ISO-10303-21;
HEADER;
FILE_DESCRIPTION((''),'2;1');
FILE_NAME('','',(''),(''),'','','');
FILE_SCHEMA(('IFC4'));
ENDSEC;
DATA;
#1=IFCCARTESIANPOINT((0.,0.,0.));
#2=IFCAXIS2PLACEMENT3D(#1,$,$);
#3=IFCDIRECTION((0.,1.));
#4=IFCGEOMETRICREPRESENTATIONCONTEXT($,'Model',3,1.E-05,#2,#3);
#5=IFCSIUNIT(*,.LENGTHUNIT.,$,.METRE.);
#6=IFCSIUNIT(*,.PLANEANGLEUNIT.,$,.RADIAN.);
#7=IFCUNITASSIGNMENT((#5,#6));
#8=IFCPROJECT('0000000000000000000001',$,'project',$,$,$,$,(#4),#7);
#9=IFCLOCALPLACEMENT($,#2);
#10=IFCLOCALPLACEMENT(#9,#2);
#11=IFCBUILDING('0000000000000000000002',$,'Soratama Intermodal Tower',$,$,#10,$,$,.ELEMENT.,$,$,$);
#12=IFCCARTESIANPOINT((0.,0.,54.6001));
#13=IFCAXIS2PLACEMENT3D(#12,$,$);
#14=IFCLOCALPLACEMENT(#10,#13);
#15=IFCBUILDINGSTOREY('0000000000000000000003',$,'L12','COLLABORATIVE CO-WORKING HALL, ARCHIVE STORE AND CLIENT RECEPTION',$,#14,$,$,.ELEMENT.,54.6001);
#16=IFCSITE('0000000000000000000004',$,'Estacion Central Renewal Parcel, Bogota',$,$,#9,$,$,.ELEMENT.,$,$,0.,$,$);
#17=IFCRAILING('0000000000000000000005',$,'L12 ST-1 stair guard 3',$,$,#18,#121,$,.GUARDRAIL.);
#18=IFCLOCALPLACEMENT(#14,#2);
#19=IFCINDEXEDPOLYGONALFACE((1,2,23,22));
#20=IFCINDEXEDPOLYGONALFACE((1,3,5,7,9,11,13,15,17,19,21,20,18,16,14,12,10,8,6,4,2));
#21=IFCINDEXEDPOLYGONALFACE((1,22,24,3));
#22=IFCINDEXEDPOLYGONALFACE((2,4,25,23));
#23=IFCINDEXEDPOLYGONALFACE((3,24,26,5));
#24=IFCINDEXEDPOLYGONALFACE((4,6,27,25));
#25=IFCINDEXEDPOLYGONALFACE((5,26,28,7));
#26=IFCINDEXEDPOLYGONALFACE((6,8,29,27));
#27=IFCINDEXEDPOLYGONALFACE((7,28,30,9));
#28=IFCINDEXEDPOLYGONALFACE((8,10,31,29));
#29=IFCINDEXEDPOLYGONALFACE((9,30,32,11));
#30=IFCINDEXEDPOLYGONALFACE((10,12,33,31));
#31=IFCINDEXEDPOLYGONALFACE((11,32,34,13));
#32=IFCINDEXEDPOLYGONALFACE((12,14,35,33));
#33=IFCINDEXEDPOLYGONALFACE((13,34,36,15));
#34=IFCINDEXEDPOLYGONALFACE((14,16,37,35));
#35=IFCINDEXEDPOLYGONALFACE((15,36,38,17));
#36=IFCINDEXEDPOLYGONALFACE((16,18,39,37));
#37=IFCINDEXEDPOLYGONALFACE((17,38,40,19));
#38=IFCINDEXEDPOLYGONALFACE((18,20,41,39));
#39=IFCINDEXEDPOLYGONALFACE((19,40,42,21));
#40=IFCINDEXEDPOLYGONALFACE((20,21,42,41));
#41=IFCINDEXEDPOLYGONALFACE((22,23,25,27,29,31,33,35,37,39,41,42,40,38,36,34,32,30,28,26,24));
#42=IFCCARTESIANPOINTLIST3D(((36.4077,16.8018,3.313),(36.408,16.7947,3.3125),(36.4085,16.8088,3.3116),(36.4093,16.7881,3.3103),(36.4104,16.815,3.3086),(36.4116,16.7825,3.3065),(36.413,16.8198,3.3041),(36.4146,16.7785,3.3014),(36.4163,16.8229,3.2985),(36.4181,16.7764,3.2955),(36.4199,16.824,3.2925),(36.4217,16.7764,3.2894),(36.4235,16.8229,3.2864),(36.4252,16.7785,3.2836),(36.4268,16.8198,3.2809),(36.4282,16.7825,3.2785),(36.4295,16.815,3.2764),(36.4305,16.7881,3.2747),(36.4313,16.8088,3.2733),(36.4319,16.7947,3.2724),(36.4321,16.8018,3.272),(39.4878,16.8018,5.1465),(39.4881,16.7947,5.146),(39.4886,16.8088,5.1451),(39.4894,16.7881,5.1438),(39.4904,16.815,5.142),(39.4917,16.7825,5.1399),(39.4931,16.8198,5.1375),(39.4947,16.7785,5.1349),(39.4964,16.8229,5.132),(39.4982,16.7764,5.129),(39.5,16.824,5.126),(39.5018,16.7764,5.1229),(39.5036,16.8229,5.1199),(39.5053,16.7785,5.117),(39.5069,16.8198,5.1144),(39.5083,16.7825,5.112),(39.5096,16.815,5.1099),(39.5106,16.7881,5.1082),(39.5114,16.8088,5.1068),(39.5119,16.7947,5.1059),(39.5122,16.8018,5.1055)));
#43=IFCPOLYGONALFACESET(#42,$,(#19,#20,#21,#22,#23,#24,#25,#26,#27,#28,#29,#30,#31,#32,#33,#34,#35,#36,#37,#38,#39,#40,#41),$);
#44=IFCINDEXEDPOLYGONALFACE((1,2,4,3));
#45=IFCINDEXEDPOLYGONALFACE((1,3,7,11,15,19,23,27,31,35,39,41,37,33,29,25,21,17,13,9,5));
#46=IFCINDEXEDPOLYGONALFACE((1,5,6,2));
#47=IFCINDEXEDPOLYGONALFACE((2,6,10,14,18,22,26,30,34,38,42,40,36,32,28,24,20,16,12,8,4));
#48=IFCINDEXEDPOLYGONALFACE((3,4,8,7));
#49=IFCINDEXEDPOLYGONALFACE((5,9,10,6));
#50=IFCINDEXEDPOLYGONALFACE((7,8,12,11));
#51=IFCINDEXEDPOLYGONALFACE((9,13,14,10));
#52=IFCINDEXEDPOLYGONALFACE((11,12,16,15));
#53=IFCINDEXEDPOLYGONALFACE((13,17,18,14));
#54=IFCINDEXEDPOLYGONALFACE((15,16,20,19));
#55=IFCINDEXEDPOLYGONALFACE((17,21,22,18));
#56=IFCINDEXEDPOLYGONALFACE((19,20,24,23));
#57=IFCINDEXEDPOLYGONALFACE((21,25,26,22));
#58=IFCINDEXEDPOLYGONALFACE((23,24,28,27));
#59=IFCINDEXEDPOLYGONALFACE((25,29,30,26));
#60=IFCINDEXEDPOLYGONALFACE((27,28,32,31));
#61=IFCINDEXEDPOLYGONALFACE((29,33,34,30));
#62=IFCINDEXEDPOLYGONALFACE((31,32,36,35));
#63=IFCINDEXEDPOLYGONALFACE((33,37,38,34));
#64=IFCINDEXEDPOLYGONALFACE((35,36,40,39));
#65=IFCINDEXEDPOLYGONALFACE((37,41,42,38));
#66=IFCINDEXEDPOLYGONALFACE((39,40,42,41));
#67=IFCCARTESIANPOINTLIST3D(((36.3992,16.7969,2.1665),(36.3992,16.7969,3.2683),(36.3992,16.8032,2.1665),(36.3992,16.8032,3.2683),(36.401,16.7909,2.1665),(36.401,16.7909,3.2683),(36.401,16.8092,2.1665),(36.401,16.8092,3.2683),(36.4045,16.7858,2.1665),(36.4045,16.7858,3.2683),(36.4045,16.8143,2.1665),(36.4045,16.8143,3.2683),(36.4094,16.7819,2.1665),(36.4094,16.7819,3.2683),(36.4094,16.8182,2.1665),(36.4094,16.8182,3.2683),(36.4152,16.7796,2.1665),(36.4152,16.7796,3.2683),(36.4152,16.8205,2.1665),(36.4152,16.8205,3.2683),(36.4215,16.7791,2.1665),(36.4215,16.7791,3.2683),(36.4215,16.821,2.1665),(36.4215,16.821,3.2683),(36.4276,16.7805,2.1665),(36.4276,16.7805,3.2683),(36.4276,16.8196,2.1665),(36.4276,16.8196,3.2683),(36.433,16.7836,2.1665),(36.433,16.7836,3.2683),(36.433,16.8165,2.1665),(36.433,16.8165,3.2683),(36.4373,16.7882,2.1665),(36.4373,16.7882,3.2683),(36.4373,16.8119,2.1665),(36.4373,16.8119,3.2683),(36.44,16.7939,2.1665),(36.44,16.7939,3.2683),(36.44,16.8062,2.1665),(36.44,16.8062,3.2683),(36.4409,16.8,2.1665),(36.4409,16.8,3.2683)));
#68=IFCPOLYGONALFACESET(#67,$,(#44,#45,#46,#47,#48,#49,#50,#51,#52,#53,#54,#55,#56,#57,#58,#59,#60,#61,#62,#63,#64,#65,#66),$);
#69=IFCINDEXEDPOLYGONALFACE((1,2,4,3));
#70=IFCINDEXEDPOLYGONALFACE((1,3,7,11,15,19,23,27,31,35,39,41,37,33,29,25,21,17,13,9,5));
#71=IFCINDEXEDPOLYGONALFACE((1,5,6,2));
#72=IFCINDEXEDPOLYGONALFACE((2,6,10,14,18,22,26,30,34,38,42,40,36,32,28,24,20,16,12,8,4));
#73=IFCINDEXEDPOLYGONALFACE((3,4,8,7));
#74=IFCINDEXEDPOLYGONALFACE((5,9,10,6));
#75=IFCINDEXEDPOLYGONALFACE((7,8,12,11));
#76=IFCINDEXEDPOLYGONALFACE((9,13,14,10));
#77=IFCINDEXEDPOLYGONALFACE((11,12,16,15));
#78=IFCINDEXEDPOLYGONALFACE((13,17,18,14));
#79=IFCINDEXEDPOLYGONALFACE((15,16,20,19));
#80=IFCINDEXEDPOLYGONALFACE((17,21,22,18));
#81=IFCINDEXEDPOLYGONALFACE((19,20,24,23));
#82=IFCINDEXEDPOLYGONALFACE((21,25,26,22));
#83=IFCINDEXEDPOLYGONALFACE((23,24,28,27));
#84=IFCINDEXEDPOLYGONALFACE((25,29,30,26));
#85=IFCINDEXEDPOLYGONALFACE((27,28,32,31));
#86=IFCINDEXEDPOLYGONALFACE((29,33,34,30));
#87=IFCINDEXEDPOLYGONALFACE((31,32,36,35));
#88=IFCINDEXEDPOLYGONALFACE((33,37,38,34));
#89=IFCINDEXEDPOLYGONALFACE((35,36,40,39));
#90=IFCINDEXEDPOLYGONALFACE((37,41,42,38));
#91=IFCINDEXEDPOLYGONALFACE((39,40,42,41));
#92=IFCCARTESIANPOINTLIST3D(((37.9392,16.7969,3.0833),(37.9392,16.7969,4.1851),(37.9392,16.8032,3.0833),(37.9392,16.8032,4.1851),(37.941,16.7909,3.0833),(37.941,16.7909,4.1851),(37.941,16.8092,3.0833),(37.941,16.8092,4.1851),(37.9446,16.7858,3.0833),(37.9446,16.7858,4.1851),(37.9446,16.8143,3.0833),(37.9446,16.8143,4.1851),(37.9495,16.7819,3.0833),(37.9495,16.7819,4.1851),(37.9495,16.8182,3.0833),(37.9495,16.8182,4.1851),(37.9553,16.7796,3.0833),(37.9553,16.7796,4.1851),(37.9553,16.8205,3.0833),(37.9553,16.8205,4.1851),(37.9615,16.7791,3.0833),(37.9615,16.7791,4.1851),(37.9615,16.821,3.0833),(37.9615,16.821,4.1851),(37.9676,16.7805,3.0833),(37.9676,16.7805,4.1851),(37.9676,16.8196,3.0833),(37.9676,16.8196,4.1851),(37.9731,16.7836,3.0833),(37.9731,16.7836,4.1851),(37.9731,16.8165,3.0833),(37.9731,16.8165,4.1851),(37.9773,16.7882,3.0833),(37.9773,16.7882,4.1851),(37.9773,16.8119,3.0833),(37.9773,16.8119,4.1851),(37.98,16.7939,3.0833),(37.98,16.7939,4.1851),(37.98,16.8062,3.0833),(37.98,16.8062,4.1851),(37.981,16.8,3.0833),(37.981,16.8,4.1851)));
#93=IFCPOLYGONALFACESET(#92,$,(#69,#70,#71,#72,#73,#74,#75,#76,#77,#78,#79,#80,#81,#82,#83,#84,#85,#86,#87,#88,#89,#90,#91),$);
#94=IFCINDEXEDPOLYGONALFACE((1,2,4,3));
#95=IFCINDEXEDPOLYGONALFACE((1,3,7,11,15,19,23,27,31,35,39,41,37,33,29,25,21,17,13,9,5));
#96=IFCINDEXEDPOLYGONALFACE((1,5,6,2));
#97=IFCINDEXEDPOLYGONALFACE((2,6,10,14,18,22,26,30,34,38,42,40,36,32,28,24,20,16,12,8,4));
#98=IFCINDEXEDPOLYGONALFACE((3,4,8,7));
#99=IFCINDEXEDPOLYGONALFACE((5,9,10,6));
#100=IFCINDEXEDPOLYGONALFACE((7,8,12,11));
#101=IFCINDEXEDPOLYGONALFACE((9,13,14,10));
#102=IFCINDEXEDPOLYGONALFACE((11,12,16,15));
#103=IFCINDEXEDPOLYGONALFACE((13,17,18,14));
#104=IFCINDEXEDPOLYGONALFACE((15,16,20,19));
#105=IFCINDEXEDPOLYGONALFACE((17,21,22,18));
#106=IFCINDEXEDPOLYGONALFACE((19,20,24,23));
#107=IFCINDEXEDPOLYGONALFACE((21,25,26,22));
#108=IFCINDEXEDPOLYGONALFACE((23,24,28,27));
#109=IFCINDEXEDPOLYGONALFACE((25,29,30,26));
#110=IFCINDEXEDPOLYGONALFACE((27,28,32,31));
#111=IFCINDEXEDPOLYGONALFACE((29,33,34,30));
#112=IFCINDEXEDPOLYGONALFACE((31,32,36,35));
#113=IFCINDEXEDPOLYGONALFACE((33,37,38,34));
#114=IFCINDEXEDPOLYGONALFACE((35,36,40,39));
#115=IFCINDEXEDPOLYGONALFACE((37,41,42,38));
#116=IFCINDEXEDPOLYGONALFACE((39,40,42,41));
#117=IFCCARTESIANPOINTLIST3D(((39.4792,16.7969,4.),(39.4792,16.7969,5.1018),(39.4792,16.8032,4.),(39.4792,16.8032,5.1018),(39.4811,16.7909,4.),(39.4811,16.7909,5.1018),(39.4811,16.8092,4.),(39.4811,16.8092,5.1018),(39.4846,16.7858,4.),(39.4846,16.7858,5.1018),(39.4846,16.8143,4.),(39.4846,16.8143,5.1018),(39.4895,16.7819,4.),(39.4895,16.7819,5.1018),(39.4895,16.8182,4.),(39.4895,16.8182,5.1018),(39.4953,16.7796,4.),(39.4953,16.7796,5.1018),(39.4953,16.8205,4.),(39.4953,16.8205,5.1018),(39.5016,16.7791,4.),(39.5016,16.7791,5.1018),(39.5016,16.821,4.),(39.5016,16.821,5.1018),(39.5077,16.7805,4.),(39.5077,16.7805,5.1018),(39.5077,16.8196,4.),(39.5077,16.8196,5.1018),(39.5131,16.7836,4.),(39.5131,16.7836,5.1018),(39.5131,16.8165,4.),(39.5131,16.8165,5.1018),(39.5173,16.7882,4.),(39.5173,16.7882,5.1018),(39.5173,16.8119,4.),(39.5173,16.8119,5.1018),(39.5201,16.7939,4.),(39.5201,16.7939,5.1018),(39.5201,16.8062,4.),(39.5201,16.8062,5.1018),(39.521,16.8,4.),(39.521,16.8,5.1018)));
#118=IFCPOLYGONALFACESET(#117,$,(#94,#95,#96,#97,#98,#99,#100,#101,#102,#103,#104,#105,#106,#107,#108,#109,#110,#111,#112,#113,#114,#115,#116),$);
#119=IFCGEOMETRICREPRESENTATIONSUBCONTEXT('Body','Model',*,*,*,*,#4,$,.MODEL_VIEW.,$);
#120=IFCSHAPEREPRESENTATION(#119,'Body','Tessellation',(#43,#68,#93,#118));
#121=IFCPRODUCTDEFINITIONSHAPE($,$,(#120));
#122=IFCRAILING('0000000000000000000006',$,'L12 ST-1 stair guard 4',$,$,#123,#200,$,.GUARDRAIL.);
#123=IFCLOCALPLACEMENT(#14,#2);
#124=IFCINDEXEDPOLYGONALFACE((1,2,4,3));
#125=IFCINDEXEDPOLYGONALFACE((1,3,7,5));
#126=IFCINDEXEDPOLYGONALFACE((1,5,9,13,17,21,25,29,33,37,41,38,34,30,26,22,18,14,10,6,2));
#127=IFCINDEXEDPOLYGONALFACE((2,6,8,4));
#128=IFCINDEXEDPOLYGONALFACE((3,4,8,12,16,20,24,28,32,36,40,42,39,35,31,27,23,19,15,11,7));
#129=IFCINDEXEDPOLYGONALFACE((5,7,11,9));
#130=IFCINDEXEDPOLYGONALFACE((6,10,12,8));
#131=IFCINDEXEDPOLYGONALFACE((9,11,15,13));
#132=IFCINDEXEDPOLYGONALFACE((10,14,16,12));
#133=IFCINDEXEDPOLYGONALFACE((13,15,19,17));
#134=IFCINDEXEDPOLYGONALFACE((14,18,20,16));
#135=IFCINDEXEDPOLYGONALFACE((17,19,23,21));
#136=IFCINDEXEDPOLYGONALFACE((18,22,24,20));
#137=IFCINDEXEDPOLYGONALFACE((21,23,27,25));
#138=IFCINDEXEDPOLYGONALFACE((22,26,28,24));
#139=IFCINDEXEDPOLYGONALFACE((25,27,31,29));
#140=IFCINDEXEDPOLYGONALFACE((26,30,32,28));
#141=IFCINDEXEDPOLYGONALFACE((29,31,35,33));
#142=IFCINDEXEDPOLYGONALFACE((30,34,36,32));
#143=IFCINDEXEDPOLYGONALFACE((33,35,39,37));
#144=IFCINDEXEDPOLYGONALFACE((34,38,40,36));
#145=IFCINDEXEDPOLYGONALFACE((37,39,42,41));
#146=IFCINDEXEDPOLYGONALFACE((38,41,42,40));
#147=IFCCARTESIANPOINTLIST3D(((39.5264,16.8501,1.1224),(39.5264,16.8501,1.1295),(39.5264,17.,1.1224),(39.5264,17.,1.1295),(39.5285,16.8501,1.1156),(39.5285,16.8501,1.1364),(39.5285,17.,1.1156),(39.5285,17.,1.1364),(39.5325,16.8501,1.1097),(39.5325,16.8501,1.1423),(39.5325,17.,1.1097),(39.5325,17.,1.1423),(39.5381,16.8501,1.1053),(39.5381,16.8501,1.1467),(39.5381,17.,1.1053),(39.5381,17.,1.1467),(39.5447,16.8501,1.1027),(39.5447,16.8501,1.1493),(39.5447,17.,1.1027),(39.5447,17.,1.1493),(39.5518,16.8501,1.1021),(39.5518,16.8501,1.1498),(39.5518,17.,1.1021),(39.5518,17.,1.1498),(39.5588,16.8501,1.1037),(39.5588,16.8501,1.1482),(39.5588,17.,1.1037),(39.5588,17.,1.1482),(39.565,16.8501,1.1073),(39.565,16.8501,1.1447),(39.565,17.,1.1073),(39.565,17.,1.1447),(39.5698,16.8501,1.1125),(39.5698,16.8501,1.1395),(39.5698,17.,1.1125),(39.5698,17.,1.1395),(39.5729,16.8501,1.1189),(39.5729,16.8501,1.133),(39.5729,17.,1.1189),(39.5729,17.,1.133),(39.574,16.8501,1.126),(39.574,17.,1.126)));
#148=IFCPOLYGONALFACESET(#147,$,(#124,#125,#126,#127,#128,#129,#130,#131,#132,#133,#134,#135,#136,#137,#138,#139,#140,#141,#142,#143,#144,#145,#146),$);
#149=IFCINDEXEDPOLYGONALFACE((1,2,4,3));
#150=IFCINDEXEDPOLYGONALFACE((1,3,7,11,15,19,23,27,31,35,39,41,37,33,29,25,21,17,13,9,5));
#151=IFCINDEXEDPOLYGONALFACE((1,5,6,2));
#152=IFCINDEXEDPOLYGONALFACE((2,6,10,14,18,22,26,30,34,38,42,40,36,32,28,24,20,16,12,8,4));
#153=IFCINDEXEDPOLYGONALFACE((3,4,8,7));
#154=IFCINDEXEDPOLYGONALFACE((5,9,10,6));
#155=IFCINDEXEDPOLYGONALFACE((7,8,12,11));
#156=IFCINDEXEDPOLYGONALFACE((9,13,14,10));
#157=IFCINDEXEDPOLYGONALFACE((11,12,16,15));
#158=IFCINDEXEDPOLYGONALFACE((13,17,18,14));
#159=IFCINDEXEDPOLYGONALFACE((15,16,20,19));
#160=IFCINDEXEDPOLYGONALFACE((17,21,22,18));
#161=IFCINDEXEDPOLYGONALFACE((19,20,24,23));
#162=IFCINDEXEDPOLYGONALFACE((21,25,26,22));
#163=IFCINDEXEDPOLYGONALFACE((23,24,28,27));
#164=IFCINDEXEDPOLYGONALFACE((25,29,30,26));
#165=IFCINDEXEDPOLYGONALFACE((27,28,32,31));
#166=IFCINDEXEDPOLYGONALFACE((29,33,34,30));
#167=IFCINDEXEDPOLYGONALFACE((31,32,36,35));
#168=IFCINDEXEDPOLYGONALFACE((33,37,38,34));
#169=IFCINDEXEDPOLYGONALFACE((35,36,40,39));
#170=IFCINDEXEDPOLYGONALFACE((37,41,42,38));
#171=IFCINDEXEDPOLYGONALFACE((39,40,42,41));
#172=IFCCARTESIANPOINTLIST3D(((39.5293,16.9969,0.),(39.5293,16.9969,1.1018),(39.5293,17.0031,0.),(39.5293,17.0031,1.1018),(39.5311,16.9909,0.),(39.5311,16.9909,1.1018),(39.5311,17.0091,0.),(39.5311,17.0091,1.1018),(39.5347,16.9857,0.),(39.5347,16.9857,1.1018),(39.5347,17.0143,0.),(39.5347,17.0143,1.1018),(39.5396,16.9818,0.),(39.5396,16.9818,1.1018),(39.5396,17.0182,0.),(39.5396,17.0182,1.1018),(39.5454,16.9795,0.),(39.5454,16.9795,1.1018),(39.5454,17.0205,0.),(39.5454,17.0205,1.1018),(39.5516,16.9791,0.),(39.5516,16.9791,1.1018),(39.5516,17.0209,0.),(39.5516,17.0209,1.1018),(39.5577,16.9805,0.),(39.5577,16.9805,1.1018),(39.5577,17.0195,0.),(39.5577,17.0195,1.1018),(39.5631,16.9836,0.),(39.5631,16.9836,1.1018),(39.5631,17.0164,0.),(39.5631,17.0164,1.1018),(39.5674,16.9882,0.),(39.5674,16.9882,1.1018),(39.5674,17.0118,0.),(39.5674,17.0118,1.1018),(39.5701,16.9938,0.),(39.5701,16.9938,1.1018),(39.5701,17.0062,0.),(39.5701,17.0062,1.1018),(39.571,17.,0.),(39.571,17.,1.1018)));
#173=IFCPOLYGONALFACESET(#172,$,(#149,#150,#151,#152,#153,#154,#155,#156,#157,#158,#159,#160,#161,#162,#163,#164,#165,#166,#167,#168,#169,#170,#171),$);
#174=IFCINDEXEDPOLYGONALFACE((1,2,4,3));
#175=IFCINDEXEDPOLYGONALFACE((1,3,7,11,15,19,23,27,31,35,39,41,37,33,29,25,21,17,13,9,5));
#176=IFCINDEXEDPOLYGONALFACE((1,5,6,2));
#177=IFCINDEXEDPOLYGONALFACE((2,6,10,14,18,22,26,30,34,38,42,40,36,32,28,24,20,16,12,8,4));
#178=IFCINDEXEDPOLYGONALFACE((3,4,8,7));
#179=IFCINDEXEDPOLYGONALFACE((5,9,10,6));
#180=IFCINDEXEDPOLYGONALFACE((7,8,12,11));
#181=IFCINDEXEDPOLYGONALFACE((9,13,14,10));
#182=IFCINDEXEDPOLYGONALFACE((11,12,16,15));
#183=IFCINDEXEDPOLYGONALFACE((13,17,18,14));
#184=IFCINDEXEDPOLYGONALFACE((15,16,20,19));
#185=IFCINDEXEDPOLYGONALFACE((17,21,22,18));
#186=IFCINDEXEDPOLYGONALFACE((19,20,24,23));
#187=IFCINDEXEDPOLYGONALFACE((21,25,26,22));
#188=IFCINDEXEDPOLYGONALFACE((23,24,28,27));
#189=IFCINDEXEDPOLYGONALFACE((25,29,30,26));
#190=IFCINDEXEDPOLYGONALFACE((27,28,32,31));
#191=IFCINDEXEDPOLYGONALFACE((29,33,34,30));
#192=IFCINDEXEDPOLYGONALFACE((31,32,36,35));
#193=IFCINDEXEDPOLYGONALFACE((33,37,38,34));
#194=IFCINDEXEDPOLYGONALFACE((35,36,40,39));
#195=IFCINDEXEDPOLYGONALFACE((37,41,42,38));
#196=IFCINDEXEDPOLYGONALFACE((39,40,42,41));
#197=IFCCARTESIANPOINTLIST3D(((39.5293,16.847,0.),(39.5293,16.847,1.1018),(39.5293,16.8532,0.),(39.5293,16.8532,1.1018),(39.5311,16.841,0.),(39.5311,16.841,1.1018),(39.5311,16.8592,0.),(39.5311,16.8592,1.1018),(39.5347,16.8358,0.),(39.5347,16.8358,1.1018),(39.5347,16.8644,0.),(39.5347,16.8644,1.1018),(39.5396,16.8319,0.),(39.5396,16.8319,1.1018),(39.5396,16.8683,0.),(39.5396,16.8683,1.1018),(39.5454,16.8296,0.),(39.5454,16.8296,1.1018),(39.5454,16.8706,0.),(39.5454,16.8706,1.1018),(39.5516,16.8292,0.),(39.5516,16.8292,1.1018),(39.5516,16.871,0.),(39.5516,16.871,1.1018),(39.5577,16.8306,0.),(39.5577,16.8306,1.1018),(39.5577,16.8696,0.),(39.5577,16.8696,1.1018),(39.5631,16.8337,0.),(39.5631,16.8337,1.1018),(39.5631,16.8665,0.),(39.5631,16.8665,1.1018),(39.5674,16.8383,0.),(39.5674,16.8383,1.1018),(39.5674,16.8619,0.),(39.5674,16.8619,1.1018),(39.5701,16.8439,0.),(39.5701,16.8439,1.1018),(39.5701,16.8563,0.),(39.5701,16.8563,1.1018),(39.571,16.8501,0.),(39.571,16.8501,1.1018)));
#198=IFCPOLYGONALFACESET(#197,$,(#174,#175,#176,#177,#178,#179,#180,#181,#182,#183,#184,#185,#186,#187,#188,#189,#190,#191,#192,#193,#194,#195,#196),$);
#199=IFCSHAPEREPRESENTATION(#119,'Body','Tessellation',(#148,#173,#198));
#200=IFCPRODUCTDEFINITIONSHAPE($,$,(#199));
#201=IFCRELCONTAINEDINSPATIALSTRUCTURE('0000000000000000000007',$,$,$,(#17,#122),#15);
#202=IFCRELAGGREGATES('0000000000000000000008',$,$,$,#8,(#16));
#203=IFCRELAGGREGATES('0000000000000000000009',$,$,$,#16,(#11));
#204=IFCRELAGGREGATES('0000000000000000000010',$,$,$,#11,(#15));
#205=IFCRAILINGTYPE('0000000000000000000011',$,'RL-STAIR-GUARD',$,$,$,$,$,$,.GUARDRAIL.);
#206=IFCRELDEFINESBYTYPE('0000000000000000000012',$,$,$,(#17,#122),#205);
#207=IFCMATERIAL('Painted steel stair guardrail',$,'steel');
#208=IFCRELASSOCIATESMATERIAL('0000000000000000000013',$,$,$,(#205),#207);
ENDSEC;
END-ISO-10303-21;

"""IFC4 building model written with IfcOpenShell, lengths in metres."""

from ifc_helpers import new_model, si_unit, direction, frame, origin, origin_2d, place, context, subcontext, project, spatial, circle, extrude, material, type_object, element, save


model = new_model("IFC4")

# Units and contexts
model_context = context("Model", 3, precision=1e-05, world=origin(), true_north=direction((0.0, 1.0)))
body_context = subcontext(model_context, "Body", "Model", "MODEL_VIEW")
ifc_project = project(units=[si_unit("LENGTHUNIT", "METRE"), si_unit("PLANEANGLEUNIT", "RADIAN")], contexts=[model_context])

# Site, building, storey
site_placement = place(None, origin())
site = spatial("IfcSite", under=ifc_project, at=site_placement, Name="Estacion Central Renewal Parcel, Bogota", CompositionType="ELEMENT", RefElevation=0.0)
building_placement = place(site_placement, origin())
building = spatial("IfcBuilding", under=site, at=building_placement, Name="Soratama Intermodal Tower", CompositionType="ELEMENT")
storey_placement = place(building_placement, frame((0.0, 0.0, 54.6001)))
storey = spatial("IfcBuildingStorey", under=building, at=storey_placement, Name="L12", Description="COLLABORATIVE CO-WORKING HALL, ARCHIVE STORE AND CLIENT RECEPTION", CompositionType="ELEMENT", Elevation=54.6001)

# Railings
ifc_material_1 = material(Name="Painted steel stair guardrail", Category="steel")
railing_type_1 = type_object("IfcRailingType", Name="RL-STAIR-GUARD", PredefinedType="GUARDRAIL", material=ifc_material_1)
railing_1_placement = place(storey_placement, frame((36.4199, 16.8, 2.1665)))
element("IfcRailing", 1, at=railing_1_placement, inside=storey, type_object=railing_type_1, Name="L12 ST-1 stair guard 3", PredefinedType="GUARDRAIL", context=body_context, shape_type="SweptSolid", body=[
    extrude(circle(Radius=0.0239, at=origin_2d()), frame((0.0, 0.0, 1.126), z_axis=(0.859279, 0.0, 0.511508), x_axis=(0.0, 1.0, 0.0)), (0.0, 0.0, 1.0), 3.5845),
    extrude(circle(Radius=0.021, at=origin_2d()), origin(), (0.0, 0.0, 1.0), 1.1018),
    extrude(circle(Radius=0.021, at=origin_2d()), frame((1.54, 0.0, 0.9167)), (0.0, 0.0, 1.0), 1.1018),
    extrude(circle(Radius=0.021, at=origin_2d()), frame((3.0801, 0.0, 1.8335)), (0.0, 0.0, 1.0), 1.1018),
])
railing_2_placement = place(storey_placement, frame((39.55, 17.0, 0.0)))
element("IfcRailing", 2, at=railing_2_placement, inside=storey, type_object=railing_type_1, Name="L12 ST-1 stair guard 4", PredefinedType="GUARDRAIL", context=body_context, shape_type="SweptSolid", body=[
    extrude(circle(Radius=0.0239, at=origin_2d()), frame((0.0, 0.0, 1.126), z_axis=(0.0, -1.0, 0.0), x_axis=(1.0, 0.0, 0.0)), (0.0, 0.0, 1.0), 0.1499),
    extrude(circle(Radius=0.021, at=origin_2d()), origin(), (0.0, 0.0, 1.0), 1.1018),
    extrude(circle(Radius=0.021, at=origin_2d()), frame((0.0, -0.1499, 0.0)), (0.0, 0.0, 1.0), 1.1018),
])

save(model, "model.ifc")
